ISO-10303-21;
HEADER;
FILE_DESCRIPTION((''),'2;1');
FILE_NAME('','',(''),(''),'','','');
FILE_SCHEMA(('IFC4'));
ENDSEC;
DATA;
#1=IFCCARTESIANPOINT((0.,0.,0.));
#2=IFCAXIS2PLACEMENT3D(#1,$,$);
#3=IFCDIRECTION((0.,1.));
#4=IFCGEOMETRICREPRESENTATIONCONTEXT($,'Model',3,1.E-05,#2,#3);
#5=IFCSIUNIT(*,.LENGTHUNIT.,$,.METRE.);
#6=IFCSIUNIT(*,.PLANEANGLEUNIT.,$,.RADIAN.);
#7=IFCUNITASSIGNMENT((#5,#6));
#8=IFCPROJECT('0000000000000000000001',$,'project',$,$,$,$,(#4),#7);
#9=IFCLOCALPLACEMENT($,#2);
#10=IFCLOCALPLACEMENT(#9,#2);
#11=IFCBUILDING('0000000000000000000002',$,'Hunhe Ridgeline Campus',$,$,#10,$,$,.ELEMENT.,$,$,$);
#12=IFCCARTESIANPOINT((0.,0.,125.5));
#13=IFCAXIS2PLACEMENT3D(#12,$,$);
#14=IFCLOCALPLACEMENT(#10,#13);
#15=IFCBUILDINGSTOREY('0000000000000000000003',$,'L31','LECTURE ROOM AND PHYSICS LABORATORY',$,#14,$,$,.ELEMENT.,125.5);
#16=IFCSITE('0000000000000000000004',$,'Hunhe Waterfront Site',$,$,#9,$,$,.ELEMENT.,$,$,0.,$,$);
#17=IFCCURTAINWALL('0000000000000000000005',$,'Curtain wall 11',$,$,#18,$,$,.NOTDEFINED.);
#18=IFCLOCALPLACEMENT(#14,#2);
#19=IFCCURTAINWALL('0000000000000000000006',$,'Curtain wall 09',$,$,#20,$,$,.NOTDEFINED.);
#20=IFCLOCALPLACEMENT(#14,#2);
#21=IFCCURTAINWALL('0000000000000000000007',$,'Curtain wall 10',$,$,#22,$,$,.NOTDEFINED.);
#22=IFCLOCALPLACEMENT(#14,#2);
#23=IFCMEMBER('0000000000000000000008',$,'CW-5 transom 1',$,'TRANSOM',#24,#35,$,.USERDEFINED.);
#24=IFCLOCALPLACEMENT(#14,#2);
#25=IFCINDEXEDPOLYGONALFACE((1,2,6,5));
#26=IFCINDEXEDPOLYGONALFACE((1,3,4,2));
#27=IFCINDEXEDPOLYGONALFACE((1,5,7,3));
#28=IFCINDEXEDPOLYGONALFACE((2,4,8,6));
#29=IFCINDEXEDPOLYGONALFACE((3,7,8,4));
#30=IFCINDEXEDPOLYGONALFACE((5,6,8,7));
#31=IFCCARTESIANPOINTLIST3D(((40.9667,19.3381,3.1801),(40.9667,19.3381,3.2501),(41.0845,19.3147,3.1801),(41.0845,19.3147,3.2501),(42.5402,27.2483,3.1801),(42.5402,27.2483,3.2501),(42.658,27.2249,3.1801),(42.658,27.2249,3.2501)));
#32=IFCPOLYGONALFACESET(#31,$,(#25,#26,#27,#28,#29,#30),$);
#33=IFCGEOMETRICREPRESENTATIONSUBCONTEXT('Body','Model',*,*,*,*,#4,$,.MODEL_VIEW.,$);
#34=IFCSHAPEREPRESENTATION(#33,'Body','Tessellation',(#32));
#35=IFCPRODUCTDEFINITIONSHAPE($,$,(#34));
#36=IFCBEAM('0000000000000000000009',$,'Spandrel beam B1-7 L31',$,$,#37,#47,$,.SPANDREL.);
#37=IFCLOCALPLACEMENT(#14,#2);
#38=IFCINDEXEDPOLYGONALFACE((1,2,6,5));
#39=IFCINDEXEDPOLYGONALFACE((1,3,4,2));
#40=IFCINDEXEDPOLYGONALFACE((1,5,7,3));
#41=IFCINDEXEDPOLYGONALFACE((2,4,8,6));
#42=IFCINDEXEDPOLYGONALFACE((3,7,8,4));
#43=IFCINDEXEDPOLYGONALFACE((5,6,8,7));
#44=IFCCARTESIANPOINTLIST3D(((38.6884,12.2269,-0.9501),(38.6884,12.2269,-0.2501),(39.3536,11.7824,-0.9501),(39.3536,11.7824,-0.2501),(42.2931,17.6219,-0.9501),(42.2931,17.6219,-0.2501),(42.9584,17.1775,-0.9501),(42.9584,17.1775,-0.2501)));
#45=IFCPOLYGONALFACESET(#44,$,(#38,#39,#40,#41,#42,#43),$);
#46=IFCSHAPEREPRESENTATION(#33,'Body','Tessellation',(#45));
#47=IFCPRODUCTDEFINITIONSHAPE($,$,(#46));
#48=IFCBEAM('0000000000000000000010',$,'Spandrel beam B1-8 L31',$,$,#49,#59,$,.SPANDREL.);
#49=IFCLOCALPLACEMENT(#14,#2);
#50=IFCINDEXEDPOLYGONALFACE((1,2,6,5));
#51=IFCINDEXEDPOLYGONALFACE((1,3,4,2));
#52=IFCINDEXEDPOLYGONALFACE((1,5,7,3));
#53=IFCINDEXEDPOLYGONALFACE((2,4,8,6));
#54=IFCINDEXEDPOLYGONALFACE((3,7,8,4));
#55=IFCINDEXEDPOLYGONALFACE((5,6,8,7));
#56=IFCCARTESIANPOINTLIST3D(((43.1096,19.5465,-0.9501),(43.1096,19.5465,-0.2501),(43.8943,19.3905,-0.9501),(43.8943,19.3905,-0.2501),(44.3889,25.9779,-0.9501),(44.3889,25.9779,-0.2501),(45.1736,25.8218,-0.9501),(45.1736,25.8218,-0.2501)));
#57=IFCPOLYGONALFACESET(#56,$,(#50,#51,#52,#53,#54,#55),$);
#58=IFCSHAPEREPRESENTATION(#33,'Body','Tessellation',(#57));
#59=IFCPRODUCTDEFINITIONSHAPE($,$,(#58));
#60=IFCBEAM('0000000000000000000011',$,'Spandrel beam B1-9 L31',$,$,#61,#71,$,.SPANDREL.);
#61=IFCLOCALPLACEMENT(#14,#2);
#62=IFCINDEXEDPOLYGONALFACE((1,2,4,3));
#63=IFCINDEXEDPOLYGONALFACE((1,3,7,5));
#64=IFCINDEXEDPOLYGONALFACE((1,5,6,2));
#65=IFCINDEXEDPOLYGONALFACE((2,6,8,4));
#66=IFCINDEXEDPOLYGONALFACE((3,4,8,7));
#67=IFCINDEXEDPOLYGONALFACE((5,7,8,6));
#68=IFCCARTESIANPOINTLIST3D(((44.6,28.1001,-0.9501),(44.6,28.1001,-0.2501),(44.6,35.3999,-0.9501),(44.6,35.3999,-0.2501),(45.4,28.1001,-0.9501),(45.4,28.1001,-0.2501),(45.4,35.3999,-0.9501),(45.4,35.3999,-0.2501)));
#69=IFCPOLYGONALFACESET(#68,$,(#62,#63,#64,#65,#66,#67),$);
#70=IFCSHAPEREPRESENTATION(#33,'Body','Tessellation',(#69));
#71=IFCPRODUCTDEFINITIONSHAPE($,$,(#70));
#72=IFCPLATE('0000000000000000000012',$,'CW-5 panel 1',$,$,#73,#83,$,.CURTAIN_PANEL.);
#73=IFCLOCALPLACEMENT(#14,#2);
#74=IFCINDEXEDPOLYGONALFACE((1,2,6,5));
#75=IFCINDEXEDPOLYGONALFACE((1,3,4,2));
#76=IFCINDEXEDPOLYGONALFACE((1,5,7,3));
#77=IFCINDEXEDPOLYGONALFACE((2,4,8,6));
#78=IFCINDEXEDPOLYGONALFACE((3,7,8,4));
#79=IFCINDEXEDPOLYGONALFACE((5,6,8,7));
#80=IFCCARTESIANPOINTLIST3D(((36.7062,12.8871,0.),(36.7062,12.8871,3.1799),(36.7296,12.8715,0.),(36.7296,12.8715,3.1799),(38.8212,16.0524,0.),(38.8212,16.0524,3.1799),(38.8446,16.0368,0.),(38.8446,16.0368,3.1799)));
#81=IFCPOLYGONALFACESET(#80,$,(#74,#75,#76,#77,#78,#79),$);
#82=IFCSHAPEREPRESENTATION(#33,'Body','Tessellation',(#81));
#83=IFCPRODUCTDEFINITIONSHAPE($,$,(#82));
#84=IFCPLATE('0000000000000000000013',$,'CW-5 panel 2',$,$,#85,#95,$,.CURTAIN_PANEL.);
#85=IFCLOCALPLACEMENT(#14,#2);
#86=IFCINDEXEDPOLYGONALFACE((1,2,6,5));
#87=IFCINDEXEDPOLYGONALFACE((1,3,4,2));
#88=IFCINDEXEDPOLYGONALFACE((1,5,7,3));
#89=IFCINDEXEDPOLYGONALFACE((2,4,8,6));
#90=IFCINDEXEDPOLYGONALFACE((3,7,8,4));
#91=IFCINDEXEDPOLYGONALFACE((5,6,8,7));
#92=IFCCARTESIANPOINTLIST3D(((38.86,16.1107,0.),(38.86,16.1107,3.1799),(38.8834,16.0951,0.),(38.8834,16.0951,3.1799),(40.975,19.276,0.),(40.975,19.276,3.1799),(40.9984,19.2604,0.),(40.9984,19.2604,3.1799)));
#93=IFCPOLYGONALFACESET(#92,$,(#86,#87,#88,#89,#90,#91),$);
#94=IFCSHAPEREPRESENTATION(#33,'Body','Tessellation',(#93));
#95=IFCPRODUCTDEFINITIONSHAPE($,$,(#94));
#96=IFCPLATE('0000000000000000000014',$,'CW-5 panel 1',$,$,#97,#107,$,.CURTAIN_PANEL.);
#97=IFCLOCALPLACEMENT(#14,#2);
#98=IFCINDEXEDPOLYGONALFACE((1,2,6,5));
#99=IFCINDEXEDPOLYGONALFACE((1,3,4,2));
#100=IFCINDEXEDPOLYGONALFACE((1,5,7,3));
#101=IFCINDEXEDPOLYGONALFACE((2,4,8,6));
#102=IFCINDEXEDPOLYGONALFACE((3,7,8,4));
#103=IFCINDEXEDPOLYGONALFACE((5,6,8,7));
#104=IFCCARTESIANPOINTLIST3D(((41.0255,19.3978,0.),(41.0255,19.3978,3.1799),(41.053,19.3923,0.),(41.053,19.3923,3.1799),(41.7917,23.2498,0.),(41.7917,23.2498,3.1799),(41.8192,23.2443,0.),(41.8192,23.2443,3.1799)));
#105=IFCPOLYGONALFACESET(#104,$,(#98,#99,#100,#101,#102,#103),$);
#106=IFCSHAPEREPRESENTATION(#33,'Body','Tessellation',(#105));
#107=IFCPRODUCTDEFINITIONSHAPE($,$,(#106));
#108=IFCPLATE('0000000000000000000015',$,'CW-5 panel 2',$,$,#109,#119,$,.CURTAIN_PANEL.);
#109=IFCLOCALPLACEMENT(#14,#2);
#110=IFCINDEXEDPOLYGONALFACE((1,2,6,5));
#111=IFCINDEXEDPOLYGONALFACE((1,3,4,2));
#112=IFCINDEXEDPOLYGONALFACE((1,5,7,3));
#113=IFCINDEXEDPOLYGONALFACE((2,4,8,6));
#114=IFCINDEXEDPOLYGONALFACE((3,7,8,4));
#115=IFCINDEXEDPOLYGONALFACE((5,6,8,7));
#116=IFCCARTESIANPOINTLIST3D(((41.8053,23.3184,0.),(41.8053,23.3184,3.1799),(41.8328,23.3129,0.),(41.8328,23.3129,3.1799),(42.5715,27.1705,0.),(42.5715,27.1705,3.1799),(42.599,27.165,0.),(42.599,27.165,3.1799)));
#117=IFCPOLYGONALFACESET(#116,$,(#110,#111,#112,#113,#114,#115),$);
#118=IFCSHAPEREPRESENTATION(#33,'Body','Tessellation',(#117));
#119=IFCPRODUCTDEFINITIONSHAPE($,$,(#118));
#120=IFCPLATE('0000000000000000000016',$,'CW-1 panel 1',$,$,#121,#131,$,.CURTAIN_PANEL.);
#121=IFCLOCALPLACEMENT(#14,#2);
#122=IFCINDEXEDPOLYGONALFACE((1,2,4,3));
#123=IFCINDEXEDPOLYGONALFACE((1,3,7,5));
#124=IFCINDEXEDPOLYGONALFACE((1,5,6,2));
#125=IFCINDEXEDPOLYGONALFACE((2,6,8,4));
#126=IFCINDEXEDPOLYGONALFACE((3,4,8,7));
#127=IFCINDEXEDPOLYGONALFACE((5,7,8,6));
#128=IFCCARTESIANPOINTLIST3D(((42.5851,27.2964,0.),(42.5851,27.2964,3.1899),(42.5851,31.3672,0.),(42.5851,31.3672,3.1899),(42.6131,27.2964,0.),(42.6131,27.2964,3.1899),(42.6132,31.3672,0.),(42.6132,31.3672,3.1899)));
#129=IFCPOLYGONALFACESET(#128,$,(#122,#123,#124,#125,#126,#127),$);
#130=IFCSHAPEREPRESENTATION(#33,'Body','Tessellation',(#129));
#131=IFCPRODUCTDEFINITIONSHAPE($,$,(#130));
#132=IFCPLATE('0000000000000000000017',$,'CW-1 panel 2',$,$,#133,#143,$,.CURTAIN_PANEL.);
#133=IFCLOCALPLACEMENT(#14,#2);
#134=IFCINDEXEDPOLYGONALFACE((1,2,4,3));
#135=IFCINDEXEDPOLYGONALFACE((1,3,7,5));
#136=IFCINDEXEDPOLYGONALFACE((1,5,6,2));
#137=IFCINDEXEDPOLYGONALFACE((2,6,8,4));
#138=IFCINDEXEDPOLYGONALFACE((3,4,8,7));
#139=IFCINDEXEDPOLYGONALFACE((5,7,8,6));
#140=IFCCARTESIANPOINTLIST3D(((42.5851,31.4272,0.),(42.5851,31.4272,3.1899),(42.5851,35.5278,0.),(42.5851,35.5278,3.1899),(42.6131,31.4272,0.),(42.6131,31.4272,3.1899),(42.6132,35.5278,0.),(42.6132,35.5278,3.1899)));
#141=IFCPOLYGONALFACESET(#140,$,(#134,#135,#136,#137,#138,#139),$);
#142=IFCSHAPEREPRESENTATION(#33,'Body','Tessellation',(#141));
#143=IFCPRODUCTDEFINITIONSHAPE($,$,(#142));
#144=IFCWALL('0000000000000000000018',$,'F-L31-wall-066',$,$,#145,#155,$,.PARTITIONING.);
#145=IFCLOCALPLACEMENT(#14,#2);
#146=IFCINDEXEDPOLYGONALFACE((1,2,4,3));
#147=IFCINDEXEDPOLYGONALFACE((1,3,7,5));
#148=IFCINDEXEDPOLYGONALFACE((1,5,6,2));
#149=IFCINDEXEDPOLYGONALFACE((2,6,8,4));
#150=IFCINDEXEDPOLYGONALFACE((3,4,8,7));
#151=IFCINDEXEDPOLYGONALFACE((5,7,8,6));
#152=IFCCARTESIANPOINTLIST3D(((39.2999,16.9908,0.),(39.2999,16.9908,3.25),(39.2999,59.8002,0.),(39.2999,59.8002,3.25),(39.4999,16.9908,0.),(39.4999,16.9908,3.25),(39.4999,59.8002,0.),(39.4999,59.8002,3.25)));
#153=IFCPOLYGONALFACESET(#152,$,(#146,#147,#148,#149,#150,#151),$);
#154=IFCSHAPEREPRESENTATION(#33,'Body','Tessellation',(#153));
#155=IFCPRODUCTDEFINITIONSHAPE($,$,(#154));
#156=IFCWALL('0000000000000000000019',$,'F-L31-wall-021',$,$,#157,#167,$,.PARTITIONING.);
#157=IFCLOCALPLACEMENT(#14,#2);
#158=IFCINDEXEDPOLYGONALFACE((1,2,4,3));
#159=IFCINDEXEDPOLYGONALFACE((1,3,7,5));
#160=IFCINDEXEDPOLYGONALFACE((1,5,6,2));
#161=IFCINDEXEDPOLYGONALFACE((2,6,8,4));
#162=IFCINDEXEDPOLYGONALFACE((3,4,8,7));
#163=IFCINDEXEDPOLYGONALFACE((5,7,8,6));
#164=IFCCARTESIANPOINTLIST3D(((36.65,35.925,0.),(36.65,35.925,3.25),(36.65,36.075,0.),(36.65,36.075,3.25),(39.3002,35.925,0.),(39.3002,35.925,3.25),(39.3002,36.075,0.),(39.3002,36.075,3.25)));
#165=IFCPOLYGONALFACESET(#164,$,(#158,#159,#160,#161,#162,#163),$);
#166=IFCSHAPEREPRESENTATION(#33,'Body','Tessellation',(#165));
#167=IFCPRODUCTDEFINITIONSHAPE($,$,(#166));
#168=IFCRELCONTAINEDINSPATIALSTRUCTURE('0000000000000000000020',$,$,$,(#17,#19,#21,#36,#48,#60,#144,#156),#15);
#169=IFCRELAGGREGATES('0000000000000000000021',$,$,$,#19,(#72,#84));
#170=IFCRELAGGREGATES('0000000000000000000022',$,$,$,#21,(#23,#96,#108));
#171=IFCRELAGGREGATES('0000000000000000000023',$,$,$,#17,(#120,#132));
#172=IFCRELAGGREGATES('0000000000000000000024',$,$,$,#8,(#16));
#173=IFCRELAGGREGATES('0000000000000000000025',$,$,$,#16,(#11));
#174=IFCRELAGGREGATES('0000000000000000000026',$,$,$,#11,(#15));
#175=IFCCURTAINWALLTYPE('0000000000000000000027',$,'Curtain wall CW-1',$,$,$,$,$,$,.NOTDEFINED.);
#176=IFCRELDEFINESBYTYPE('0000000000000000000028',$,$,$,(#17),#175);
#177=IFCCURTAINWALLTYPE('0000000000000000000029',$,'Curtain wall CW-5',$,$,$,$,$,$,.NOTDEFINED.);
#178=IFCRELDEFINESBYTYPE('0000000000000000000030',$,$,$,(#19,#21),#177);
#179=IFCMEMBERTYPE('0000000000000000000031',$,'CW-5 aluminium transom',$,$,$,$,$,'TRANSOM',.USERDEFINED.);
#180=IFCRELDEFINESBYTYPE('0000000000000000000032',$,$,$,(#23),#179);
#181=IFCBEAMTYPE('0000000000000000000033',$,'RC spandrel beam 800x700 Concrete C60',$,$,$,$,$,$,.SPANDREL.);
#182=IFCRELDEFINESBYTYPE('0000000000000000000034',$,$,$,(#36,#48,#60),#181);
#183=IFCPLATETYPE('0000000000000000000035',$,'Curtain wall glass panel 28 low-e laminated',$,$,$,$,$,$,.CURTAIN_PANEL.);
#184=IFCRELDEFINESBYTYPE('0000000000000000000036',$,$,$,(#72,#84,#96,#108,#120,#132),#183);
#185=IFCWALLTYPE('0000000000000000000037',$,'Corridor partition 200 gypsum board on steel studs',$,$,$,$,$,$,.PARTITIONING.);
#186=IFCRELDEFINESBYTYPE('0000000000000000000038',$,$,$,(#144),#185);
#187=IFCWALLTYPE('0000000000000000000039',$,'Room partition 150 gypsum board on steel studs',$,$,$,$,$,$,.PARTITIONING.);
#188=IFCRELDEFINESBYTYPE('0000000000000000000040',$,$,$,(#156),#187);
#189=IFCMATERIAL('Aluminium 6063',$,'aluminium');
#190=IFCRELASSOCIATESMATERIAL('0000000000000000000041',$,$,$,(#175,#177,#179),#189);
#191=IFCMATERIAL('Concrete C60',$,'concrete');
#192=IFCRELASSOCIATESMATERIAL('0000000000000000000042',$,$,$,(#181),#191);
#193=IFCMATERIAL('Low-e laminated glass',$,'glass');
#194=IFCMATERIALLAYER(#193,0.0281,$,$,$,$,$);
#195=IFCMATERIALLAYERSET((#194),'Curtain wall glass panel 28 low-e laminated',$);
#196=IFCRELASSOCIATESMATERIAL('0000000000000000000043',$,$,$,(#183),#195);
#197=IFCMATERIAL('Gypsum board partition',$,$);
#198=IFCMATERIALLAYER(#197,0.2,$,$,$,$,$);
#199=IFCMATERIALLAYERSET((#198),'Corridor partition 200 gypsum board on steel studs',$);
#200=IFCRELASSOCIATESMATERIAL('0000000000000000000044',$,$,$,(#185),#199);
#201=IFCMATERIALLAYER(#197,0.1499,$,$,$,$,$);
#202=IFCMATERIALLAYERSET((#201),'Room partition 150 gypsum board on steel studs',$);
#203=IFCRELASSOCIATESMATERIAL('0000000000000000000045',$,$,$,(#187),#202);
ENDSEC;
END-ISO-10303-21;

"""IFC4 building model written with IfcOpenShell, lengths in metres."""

from ifc_helpers import new_model, si_unit, direction, frame, frame_2d, origin, origin_2d, place, context, subcontext, project, spatial, rectangle, extrude, material, layer, layer_set, material_profile, profile_set, type_object, element, aggregate, save


model = new_model("IFC4")

# Units and contexts
model_context = context("Model", 3, precision=1e-05, world=origin(), true_north=direction((0.0, 1.0)))
body_context = subcontext(model_context, "Body", "Model", "MODEL_VIEW")
ifc_project = project(units=[si_unit("LENGTHUNIT", "METRE"), si_unit("PLANEANGLEUNIT", "RADIAN")], contexts=[model_context])

# Site, building, storey
site_placement = place(None, origin())
site = spatial("IfcSite", under=ifc_project, at=site_placement, Name="Hunhe Waterfront Site", CompositionType="ELEMENT", RefElevation=0.0)
building_placement = place(site_placement, origin())
building = spatial("IfcBuilding", under=site, at=building_placement, Name="Hunhe Ridgeline Campus", CompositionType="ELEMENT")
storey_placement = place(building_placement, frame((0.0, 0.0, 125.5)))
storey = spatial("IfcBuildingStorey", under=building, at=storey_placement, Name="L31", Description="LECTURE ROOM AND PHYSICS LABORATORY", CompositionType="ELEMENT", Elevation=125.5)

# Curtain walls
ifc_material_1 = material(Name="Aluminium 6063", Category="aluminium")
curtain_wall_type_1 = type_object("IfcCurtainWallType", Name="Curtain wall CW-1", PredefinedType="NOTDEFINED", material=ifc_material_1)
curtain_wall_1_placement = place(storey_placement, origin())
curtain_wall_1 = element("IfcCurtainWall", 1, at=curtain_wall_1_placement, inside=storey, type_object=curtain_wall_type_1, Name="Curtain wall 11", PredefinedType="NOTDEFINED")
curtain_wall_type_2 = type_object("IfcCurtainWallType", Name="Curtain wall CW-5", PredefinedType="NOTDEFINED", material=ifc_material_1)
curtain_wall_2_placement = place(storey_placement, origin())
curtain_wall_2 = element("IfcCurtainWall", 2, at=curtain_wall_2_placement, inside=storey, type_object=curtain_wall_type_2, Name="Curtain wall 09", PredefinedType="NOTDEFINED")
curtain_wall_3_placement = place(storey_placement, origin())
curtain_wall_3 = element("IfcCurtainWall", 3, at=curtain_wall_3_placement, inside=storey, type_object=curtain_wall_type_2, Name="Curtain wall 10", PredefinedType="NOTDEFINED")

# Member
ifc_material_profile_1 = material_profile(ifc_material_1, rectangle(XDim=0.1201, YDim=0.0701, at=origin_2d()))
ifc_profile_set_1 = profile_set([ifc_material_profile_1], Name="Aluminium 6063")
member_type_1 = type_object("IfcMemberType", Name="CW-5 aluminium transom", ElementType="TRANSOM", PredefinedType="USERDEFINED", material=ifc_profile_set_1)
member_1_placement = place(storey_placement, frame((41.0256, 19.3264, 3.2151), z_axis=(0.195097, 0.980784, 0.0), x_axis=(-0.980784, 0.195097, 0.0)))
member_1 = element("IfcMember", 4, at=member_1_placement, type_object=member_type_1, Name="CW-5 transom 1", ObjectType="TRANSOM", PredefinedType="USERDEFINED", context=body_context, shape_type="SweptSolid", body=[
    extrude(rectangle(XDim=0.1201, YDim=0.0701, at=origin_2d()), origin(), (0.0, 0.0, 1.0), 8.0652),
])

# Beams
ifc_material_2 = material(Name="Concrete C60", Category="concrete")
ifc_material_profile_2 = material_profile(ifc_material_2, rectangle(XDim=0.8, YDim=0.7, at=origin_2d()))
ifc_profile_set_2 = profile_set([ifc_material_profile_2], Name="Concrete C60")
beam_type = type_object("IfcBeamType", Name="RC spandrel beam 800x700 Concrete C60", PredefinedType="SPANDREL", material=ifc_profile_set_2)
beam_1_placement = place(storey_placement, frame((39.021, 12.0046, -0.6001), z_axis=(0.55556, 0.831477, 0.0), x_axis=(-0.831477, 0.55556, 0.0)))
element("IfcBeam", 5, at=beam_1_placement, inside=storey, type_object=beam_type, Name="Spandrel beam B1-7 L31", PredefinedType="SPANDREL", context=body_context, shape_type="SweptSolid", body=[
    extrude(rectangle(XDim=0.8, YDim=0.7, at=origin_2d()), origin(), (0.0, 0.0, 1.0), 6.4885),
])
beam_2_placement = place(storey_placement, frame((43.502, 19.4685, -0.6001), z_axis=(0.195092, 0.980785, 0.0), x_axis=(-0.980785, 0.195092, 0.0)))
element("IfcBeam", 6, at=beam_2_placement, inside=storey, type_object=beam_type, Name="Spandrel beam B1-8 L31", PredefinedType="SPANDREL", context=body_context, shape_type="SweptSolid", body=[
    extrude(rectangle(XDim=0.8, YDim=0.7, at=origin_2d()), origin(), (0.0, 0.0, 1.0), 6.5574),
])
beam_3_placement = place(storey_placement, frame((45.0, 28.1001, -0.6001), z_axis=(0.0, 1.0, 0.0), x_axis=(-1.0, 0.0, 0.0)))
element("IfcBeam", 7, at=beam_3_placement, inside=storey, type_object=beam_type, Name="Spandrel beam B1-9 L31", PredefinedType="SPANDREL", context=body_context, shape_type="SweptSolid", body=[
    extrude(rectangle(XDim=0.8, YDim=0.7, at=origin_2d()), origin(), (0.0, 0.0, 1.0), 7.2998),
])

# Plates
ifc_material_3 = material(Name="Low-e laminated glass", Category="glass")
ifc_layer_1 = layer(ifc_material_3, 0.0281)
ifc_layer_set_1 = layer_set([ifc_layer_1], Name="Curtain wall glass panel 28 low-e laminated")
plate_type = type_object("IfcPlateType", Name="Curtain wall glass panel 28 low-e laminated", PredefinedType="CURTAIN_PANEL", material=ifc_layer_set_1)
plate_1_placement = place(storey_placement, frame((37.7754, 14.4619, 0.0), z_axis=(0.0, 0.0, 1.0), x_axis=(0.55557, 0.83147, 0.0)))
plate_1 = element("IfcPlate", 8, at=plate_1_placement, type_object=plate_type, Name="CW-5 panel 1", PredefinedType="CURTAIN_PANEL", context=body_context, shape_type="SweptSolid", body=[
    extrude(rectangle(XDim=3.8069, YDim=0.0281, at=origin_2d()), origin(), (0.0, 0.0, 1.0), 3.1799),
])
plate_2_placement = place(storey_placement, frame((39.9292, 17.6855, 0.0), z_axis=(0.0, 0.0, 1.0), x_axis=(0.55557, 0.83147, 0.0)))
plate_2 = element("IfcPlate", 9, at=plate_2_placement, type_object=plate_type, Name="CW-5 panel 2", PredefinedType="CURTAIN_PANEL", context=body_context, shape_type="SweptSolid", body=[
    extrude(rectangle(XDim=3.8069, YDim=0.0281, at=origin_2d()), origin(), (0.0, 0.0, 1.0), 3.1799),
])
aggregate(curtain_wall_2, [plate_1, plate_2])
plate_3_placement = place(storey_placement, frame((41.4224, 21.321, 0.0), z_axis=(0.0, 0.0, 1.0), x_axis=(0.19509, 0.980785, 0.0)))
plate_3 = element("IfcPlate", 10, at=plate_3_placement, type_object=plate_type, Name="CW-5 panel 1", PredefinedType="CURTAIN_PANEL", context=body_context, shape_type="SweptSolid", body=[
    extrude(rectangle(XDim=3.9275, YDim=0.0281, at=origin_2d()), origin(), (0.0, 0.0, 1.0), 3.1799),
])
plate_4_placement = place(storey_placement, frame((42.2021, 25.2417, 0.0), z_axis=(0.0, 0.0, 1.0), x_axis=(0.19509, 0.980785, 0.0)))
plate_4 = element("IfcPlate", 11, at=plate_4_placement, type_object=plate_type, Name="CW-5 panel 2", PredefinedType="CURTAIN_PANEL", context=body_context, shape_type="SweptSolid", body=[
    extrude(rectangle(XDim=3.9275, YDim=0.0281, at=origin_2d()), origin(), (0.0, 0.0, 1.0), 3.1799),
])
aggregate(curtain_wall_3, [member_1, plate_3, plate_4])
plate_5_placement = place(storey_placement, frame((42.5991, 29.3318, 0.0), z_axis=(0.0, 0.0, 1.0), x_axis=(0.000011, 1.0, 0.0)))
plate_5 = element("IfcPlate", 12, at=plate_5_placement, type_object=plate_type, Name="CW-1 panel 1", PredefinedType="CURTAIN_PANEL", context=body_context, shape_type="SweptSolid", body=[
    extrude(rectangle(XDim=4.0708, YDim=0.0281, at=origin_2d()), origin(), (0.0, 0.0, 1.0), 3.1899),
])
plate_6_placement = place(storey_placement, frame((42.5991, 33.4775, 0.0), z_axis=(0.0, 0.0, 1.0), x_axis=(0.000011, 1.0, 0.0)))
plate_6 = element("IfcPlate", 13, at=plate_6_placement, type_object=plate_type, Name="CW-1 panel 2", PredefinedType="CURTAIN_PANEL", context=body_context, shape_type="SweptSolid", body=[
    extrude(rectangle(XDim=4.1006, YDim=0.0281, at=origin_2d()), origin(), (0.0, 0.0, 1.0), 3.1899),
])
aggregate(curtain_wall_1, [plate_5, plate_6])

# Walls
ifc_material_4 = material(Name="Gypsum board partition")
ifc_layer_2 = layer(ifc_material_4, 0.2)
ifc_layer_set_2 = layer_set([ifc_layer_2], Name="Corridor partition 200 gypsum board on steel studs")
wall_type_1 = type_object("IfcWallType", Name="Corridor partition 200 gypsum board on steel studs", PredefinedType="PARTITIONING", material=ifc_layer_set_2)
wall_1_placement = place(storey_placement, frame((39.3999, 16.9907, 0.0), z_axis=(0.0, 0.0, 1.0), x_axis=(0.0, 1.0, 0.0)))
element("IfcWall", 14, at=wall_1_placement, inside=storey, type_object=wall_type_1, Name="F-L31-wall-066", PredefinedType="PARTITIONING", context=body_context, shape_type="SweptSolid", body=[
    extrude(rectangle(XDim=42.8093, YDim=0.2, at=frame_2d((21.4048, 0.0))), origin(), (0.0, 0.0, 1.0), 3.25),
])
ifc_layer_3 = layer(ifc_material_4, 0.1499)
ifc_layer_set_3 = layer_set([ifc_layer_3], Name="Room partition 150 gypsum board on steel studs")
wall_type_2 = type_object("IfcWallType", Name="Room partition 150 gypsum board on steel studs", PredefinedType="PARTITIONING", material=ifc_layer_set_3)
wall_2_placement = place(storey_placement, frame((36.6499, 36.0, 0.0), z_axis=(0.0, 0.0, 1.0), x_axis=(1.0, 0.0, 0.0)))
element("IfcWall", 15, at=wall_2_placement, inside=storey, type_object=wall_type_2, Name="F-L31-wall-021", PredefinedType="PARTITIONING", context=body_context, shape_type="SweptSolid", body=[
    extrude(rectangle(XDim=2.6501, YDim=0.1499, at=frame_2d((1.3252, 0.0))), origin(), (0.0, 0.0, 1.0), 3.25),
])

save(model, "model.ifc")
